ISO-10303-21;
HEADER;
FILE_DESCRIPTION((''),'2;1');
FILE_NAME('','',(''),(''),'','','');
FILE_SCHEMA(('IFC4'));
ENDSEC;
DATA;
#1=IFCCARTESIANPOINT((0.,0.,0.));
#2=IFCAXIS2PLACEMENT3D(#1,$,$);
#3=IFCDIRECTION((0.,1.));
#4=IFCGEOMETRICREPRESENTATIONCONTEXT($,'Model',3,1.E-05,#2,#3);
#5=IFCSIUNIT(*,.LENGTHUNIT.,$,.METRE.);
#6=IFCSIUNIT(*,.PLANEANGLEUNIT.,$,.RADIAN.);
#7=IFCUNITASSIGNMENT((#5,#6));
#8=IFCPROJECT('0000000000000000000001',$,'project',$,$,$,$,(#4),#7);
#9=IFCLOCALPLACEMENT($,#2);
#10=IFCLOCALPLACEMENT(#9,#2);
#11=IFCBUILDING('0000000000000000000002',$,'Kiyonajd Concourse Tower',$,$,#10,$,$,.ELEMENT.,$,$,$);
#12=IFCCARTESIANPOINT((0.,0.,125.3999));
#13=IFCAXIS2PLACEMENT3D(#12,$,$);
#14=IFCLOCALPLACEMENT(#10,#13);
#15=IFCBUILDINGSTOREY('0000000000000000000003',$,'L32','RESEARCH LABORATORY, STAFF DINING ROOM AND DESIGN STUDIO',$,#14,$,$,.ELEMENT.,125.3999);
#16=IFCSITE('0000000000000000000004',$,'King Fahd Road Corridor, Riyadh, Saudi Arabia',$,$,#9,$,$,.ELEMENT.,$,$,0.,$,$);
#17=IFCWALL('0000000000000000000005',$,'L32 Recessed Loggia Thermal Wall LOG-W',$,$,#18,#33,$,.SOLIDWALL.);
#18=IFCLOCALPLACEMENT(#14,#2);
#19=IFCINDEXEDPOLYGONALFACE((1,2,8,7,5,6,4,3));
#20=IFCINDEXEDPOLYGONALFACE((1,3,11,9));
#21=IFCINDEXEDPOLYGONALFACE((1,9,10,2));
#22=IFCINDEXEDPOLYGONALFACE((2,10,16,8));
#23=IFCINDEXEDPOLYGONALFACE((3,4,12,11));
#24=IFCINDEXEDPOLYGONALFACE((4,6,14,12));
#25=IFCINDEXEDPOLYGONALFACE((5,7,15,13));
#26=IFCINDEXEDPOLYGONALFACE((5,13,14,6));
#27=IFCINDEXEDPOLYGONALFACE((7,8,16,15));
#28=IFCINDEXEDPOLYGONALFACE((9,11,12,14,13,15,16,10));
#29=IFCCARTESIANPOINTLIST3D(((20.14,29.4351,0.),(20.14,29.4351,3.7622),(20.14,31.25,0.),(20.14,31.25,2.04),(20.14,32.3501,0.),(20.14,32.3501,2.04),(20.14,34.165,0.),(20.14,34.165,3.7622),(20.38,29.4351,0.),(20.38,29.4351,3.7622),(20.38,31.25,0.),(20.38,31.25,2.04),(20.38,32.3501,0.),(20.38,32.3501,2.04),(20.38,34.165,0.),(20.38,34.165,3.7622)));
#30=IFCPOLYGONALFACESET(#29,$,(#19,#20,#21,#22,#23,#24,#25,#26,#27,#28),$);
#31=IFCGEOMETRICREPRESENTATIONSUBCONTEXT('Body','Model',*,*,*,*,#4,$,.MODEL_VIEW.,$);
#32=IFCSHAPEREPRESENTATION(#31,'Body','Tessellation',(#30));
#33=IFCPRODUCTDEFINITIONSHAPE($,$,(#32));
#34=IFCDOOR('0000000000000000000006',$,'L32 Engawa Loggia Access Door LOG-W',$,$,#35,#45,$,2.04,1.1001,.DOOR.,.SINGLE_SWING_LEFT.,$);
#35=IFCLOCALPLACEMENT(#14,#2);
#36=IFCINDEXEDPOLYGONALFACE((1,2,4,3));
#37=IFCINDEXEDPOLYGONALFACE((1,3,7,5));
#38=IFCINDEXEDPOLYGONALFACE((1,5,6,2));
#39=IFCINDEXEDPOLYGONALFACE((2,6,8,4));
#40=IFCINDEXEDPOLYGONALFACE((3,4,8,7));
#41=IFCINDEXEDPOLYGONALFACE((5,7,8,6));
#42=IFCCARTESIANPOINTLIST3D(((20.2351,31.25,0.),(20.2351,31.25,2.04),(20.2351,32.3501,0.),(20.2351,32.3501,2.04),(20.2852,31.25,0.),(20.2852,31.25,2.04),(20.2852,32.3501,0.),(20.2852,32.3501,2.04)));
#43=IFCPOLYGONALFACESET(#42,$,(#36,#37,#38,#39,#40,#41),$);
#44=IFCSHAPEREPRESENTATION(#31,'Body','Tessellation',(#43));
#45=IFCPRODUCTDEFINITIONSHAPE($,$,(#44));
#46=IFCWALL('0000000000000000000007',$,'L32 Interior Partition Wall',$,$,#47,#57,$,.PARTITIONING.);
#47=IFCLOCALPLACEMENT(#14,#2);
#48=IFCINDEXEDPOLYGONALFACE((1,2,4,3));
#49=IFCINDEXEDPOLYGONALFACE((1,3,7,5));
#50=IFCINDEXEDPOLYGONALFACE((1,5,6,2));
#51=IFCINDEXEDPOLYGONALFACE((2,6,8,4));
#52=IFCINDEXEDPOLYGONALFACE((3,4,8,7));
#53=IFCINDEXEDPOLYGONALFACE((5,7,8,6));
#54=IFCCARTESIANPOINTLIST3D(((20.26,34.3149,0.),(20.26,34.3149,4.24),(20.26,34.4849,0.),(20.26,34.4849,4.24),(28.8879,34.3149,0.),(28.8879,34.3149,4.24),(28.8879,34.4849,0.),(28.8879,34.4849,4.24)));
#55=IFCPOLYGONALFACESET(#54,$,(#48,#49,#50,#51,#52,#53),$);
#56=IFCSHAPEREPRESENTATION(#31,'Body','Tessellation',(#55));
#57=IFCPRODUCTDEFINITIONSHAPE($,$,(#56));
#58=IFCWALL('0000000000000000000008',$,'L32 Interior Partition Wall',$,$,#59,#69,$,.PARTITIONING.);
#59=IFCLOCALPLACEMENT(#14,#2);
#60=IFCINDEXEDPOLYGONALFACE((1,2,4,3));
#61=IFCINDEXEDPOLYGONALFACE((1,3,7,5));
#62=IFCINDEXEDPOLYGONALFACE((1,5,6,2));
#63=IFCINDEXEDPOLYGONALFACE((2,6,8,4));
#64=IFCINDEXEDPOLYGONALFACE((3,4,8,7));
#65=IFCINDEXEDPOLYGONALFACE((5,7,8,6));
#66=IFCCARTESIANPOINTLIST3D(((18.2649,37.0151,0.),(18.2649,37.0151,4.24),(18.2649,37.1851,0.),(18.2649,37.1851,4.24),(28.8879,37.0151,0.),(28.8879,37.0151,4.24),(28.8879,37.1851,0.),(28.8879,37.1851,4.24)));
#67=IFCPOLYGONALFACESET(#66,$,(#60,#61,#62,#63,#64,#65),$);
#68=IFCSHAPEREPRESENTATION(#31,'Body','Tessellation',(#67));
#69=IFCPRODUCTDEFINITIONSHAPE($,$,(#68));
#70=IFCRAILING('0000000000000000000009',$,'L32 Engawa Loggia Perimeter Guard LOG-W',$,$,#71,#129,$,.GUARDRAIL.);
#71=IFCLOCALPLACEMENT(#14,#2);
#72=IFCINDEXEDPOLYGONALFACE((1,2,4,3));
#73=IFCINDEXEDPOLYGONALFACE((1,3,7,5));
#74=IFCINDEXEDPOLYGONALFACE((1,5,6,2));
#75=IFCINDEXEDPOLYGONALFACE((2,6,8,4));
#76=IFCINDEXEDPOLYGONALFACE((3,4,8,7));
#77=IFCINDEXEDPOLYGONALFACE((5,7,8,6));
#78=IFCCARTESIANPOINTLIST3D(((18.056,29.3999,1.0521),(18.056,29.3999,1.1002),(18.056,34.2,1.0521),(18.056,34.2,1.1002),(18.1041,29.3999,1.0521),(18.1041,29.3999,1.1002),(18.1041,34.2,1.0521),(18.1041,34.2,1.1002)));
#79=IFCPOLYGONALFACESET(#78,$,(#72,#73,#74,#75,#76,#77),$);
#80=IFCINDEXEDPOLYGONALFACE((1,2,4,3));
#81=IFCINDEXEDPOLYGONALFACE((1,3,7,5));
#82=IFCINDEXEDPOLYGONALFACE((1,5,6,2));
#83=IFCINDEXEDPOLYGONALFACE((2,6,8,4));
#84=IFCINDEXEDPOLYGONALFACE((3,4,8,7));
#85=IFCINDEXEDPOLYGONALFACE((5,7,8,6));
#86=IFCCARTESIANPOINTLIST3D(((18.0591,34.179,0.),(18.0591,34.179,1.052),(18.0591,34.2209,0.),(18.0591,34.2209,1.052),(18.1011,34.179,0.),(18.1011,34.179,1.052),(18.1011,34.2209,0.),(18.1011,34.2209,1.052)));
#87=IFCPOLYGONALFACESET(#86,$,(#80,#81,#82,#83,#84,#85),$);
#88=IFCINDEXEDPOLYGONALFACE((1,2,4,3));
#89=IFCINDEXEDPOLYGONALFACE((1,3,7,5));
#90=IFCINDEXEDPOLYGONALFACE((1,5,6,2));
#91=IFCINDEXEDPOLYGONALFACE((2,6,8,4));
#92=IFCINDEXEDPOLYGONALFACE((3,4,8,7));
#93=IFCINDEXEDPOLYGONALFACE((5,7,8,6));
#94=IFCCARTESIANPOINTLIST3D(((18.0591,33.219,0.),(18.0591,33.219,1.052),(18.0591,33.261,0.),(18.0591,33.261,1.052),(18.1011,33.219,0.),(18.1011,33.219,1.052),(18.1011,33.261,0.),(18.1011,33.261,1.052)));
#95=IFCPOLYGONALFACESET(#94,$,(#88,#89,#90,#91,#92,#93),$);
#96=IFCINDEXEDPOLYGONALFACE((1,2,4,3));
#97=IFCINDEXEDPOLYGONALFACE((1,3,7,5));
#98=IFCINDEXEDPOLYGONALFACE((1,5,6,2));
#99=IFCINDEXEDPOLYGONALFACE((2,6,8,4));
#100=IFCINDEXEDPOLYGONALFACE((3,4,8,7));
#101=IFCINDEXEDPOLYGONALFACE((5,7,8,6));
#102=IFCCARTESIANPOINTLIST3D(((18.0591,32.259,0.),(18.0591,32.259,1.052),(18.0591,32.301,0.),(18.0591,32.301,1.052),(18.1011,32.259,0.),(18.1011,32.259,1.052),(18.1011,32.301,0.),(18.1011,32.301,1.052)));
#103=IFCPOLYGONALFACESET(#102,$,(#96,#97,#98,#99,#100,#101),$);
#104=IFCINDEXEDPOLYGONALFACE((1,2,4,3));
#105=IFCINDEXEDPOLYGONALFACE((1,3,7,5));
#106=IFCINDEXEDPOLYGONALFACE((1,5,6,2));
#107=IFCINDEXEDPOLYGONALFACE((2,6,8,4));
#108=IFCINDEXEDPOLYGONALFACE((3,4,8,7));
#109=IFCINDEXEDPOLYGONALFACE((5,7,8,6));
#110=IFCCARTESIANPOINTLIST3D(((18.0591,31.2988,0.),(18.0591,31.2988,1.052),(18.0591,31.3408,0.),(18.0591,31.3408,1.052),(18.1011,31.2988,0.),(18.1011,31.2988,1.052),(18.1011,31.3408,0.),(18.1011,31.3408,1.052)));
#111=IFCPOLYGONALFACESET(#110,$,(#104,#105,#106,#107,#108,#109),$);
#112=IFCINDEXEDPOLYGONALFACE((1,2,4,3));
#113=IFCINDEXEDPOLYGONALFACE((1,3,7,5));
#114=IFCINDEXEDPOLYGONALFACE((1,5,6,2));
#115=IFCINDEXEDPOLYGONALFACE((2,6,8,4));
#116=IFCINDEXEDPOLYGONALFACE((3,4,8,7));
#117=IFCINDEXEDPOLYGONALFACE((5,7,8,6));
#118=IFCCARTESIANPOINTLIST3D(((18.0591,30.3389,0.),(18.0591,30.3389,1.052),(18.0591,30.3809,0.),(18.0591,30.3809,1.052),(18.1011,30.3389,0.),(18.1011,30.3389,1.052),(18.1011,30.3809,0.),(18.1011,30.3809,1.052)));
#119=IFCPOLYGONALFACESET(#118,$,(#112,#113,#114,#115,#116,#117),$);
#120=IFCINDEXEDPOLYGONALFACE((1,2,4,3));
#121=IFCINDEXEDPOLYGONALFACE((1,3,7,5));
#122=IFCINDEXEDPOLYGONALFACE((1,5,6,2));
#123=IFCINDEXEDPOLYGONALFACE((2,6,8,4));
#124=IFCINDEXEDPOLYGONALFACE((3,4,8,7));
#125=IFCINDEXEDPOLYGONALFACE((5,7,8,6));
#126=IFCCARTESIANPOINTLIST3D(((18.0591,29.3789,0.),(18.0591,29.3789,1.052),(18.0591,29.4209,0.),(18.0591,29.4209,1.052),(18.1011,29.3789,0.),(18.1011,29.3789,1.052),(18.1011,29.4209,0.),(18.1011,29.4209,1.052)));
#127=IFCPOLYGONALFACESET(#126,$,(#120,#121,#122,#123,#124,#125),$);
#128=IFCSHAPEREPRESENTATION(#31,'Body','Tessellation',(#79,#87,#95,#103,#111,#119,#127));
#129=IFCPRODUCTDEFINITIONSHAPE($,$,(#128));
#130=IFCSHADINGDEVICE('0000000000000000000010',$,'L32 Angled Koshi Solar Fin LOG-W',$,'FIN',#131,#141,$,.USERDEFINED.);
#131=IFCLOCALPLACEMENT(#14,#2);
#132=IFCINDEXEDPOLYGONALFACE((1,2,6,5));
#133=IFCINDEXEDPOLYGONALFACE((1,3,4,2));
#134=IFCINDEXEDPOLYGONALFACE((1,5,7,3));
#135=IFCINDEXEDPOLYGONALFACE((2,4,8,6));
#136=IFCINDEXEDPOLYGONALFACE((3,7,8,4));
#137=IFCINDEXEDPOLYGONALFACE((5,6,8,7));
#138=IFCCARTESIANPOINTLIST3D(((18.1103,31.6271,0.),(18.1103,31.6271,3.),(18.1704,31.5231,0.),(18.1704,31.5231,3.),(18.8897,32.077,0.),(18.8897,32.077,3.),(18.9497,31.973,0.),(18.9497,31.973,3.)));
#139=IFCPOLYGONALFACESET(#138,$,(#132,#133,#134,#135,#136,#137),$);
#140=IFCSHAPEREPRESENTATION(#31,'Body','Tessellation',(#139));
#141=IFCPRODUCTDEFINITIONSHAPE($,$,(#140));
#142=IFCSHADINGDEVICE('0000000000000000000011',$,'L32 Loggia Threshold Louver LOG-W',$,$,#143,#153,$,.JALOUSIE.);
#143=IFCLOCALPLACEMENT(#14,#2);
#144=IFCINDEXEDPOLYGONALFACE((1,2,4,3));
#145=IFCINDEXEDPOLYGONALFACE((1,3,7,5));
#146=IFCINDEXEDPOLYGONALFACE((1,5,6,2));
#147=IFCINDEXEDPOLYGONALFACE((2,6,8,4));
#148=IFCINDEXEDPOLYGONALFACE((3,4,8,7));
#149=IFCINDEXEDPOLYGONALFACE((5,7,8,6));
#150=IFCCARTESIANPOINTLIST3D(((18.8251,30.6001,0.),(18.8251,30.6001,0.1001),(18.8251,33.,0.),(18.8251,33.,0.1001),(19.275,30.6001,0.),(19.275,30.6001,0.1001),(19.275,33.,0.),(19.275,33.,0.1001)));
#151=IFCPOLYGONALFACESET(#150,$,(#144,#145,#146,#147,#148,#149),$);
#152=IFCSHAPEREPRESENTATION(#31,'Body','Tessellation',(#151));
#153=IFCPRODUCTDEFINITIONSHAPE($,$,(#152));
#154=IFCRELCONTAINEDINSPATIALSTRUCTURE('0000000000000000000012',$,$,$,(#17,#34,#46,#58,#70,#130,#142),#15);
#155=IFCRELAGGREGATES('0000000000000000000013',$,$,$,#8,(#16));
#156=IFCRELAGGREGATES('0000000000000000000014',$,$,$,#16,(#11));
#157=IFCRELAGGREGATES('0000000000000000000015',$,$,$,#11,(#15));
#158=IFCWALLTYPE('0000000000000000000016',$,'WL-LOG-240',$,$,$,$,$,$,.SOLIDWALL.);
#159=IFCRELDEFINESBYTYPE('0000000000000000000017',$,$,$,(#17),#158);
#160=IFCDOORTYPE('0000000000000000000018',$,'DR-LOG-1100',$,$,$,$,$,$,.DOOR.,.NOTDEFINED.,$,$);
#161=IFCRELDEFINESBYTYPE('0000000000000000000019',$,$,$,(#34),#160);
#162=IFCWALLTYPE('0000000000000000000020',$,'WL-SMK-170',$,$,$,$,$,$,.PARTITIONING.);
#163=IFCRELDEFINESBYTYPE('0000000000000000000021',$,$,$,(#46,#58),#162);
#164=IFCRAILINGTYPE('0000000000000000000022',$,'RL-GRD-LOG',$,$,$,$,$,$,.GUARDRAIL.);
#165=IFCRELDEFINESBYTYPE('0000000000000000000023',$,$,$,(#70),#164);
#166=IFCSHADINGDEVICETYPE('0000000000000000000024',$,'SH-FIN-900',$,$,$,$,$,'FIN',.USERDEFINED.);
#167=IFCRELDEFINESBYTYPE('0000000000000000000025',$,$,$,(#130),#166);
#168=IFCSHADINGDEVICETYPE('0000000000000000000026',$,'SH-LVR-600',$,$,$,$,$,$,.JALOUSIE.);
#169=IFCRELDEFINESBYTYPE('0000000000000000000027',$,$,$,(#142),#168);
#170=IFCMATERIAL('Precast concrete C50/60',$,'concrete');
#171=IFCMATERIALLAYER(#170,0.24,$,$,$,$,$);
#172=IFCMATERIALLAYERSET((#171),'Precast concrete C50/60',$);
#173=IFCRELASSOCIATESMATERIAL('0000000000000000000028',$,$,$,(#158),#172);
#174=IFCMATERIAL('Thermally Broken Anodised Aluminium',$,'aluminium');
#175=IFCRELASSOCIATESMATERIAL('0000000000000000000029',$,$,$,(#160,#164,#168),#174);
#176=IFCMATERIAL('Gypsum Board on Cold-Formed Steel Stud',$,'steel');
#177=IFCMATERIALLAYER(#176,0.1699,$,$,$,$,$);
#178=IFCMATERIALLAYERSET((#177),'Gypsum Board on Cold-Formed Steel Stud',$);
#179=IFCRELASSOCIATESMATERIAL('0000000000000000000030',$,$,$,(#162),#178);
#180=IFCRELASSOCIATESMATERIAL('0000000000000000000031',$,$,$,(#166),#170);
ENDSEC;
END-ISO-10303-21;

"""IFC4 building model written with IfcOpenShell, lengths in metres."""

from ifc_helpers import new_model, si_unit, direction, frame, frame_2d, origin, origin_2d, place, context, subcontext, project, spatial, rectangle, extrude, material, layer, layer_set, type_object, element, fill, save


model = new_model("IFC4")

# Units and contexts
model_context = context("Model", 3, precision=1e-05, world=origin(), true_north=direction((0.0, 1.0)))
body_context = subcontext(model_context, "Body", "Model", "MODEL_VIEW")
ifc_project = project(units=[si_unit("LENGTHUNIT", "METRE"), si_unit("PLANEANGLEUNIT", "RADIAN")], contexts=[model_context])

# Site, building, storey
site_placement = place(None, origin())
site = spatial("IfcSite", under=ifc_project, at=site_placement, Name="King Fahd Road Corridor, Riyadh, Saudi Arabia", CompositionType="ELEMENT", RefElevation=0.0)
building_placement = place(site_placement, origin())
building = spatial("IfcBuilding", under=site, at=building_placement, Name="Kiyonajd Concourse Tower", CompositionType="ELEMENT")
storey_placement = place(building_placement, frame((0.0, 0.0, 125.3999)))
storey = spatial("IfcBuildingStorey", under=building, at=storey_placement, Name="L32", Description="RESEARCH LABORATORY, STAFF DINING ROOM AND DESIGN STUDIO", CompositionType="ELEMENT", Elevation=125.3999)

# Shared definitions
ifc_material_1 = material(Name="Precast concrete C50/60", Category="concrete")

# Shared definitions
ifc_material_2 = material(Name="Thermally Broken Anodised Aluminium", Category="aluminium")

# Wall, opening, door
ifc_layer_1 = layer(ifc_material_1, 0.24)
ifc_layer_set_1 = layer_set([ifc_layer_1], Name="Precast concrete C50/60")
wall_type_1 = type_object("IfcWallType", Name="WL-LOG-240", PredefinedType="SOLIDWALL", material=ifc_layer_set_1)
wall_1_placement = place(storey_placement, frame((20.26, 29.4351, 0.0), z_axis=(0.0, 0.0, 1.0), x_axis=(0.0, 1.0, 0.0)))
wall_1 = element("IfcWall", 1, at=wall_1_placement, inside=storey, type_object=wall_type_1, Name="L32 Recessed Loggia Thermal Wall LOG-W", PredefinedType="SOLIDWALL", context=body_context, shape_type="SweptSolid", body=[
    extrude(rectangle(XDim=4.73, YDim=0.24, at=frame_2d((2.365, 0.0))), origin(), (0.0, 0.0, 1.0), 3.7622),
])
opening_placement = place(wall_1_placement, frame((1.8149, 0.0, 0.0)))
opening = element("IfcOpeningElement", 2, at=opening_placement, cuts=wall_1, PredefinedType="OPENING", context=body_context, shape_type="SweptSolid", body=[
    extrude(rectangle(XDim=1.1001, YDim=2.04, at=frame_2d((0.55, 1.02))), frame((0.0, 0.1299, 0.0), z_axis=(0.0, -1.0, 0.0), x_axis=(1.0, 0.0, 0.0)), (0.0, 0.0, 1.0), 0.26),
])
door_type = type_object("IfcDoorType", Name="DR-LOG-1100", OperationType="NOTDEFINED", PredefinedType="DOOR", material=ifc_material_2)
door_placement = place(opening_placement, origin())
door = element("IfcDoor", 3, at=door_placement, inside=storey, type_object=door_type, Name="L32 Engawa Loggia Access Door LOG-W", OperationType="SINGLE_SWING_LEFT", OverallHeight=2.04, OverallWidth=1.1001, PredefinedType="DOOR", context=body_context, shape_type="SweptSolid", body=[
    extrude(rectangle(XDim=1.1001, YDim=2.04, at=frame_2d((0.55, 1.02))), frame((0.0, 0.0249, 0.0), z_axis=(0.0, -1.0, 0.0), x_axis=(1.0, 0.0, 0.0)), (0.0, 0.0, 1.0), 0.05),
])
fill(opening, door)

# Walls
ifc_material_3 = material(Name="Gypsum Board on Cold-Formed Steel Stud", Category="steel")
ifc_layer_2 = layer(ifc_material_3, 0.1699)
ifc_layer_set_2 = layer_set([ifc_layer_2], Name="Gypsum Board on Cold-Formed Steel Stud")
wall_type_2 = type_object("IfcWallType", Name="WL-SMK-170", PredefinedType="PARTITIONING", material=ifc_layer_set_2)
wall_2_placement = place(storey_placement, frame((20.26, 34.3999, 0.0), z_axis=(0.0, 0.0, 1.0), x_axis=(1.0, 0.0, 0.0)))
element("IfcWall", 4, at=wall_2_placement, inside=storey, type_object=wall_type_2, Name="L32 Interior Partition Wall", PredefinedType="PARTITIONING", context=body_context, shape_type="SweptSolid", body=[
    extrude(rectangle(XDim=8.6279, YDim=0.1699, at=frame_2d((4.314, 0.0))), origin(), (0.0, 0.0, 1.0), 4.24),
])
wall_3_placement = place(storey_placement, frame((18.2649, 37.1001, 0.0), z_axis=(0.0, 0.0, 1.0), x_axis=(1.0, 0.0, 0.0)))
element("IfcWall", 5, at=wall_3_placement, inside=storey, type_object=wall_type_2, Name="L32 Interior Partition Wall", PredefinedType="PARTITIONING", context=body_context, shape_type="SweptSolid", body=[
    extrude(rectangle(XDim=10.623, YDim=0.1699, at=frame_2d((5.3115, 0.0))), origin(), (0.0, 0.0, 1.0), 4.24),
])

# Railing
railing_type = type_object("IfcRailingType", Name="RL-GRD-LOG", PredefinedType="GUARDRAIL", material=ifc_material_2)
railing_placement = place(storey_placement, frame((18.0801, 34.2, 0.0)))
element("IfcRailing", 6, at=railing_placement, inside=storey, type_object=railing_type, Name="L32 Engawa Loggia Perimeter Guard LOG-W", PredefinedType="GUARDRAIL", context=body_context, shape_type="SweptSolid", body=[
    extrude(rectangle(XDim=0.0481, YDim=0.0481, at=origin_2d()), frame((0.0, 0.0, 1.0762), z_axis=(0.0, -1.0, 0.0), x_axis=(1.0, 0.0, 0.0)), (0.0, 0.0, 1.0), 4.8),
    extrude(rectangle(XDim=0.042, YDim=0.042, at=origin_2d()), origin(), (0.0, 0.0, 1.0), 1.052),
    extrude(rectangle(XDim=0.042, YDim=0.042, at=origin_2d()), frame((0.0, -0.96, 0.0)), (0.0, 0.0, 1.0), 1.052),
    extrude(rectangle(XDim=0.042, YDim=0.042, at=origin_2d()), frame((0.0, -1.9199, 0.0)), (0.0, 0.0, 1.0), 1.052),
    extrude(rectangle(XDim=0.042, YDim=0.042, at=origin_2d()), frame((0.0, -2.8801, 0.0)), (0.0, 0.0, 1.0), 1.052),
    extrude(rectangle(XDim=0.042, YDim=0.042, at=origin_2d()), frame((0.0, -3.8401, 0.0)), (0.0, 0.0, 1.0), 1.052),
    extrude(rectangle(XDim=0.042, YDim=0.042, at=origin_2d()), frame((0.0, -4.8, 0.0)), (0.0, 0.0, 1.0), 1.052),
])

# Shading devices
shading_device_type_1 = type_object("IfcShadingDeviceType", Name="SH-FIN-900", ElementType="FIN", PredefinedType="USERDEFINED", material=ifc_material_1)
shading_device_1_placement = place(storey_placement, frame((18.53, 31.8, 0.0), z_axis=(0.0, 0.0, 1.0), x_axis=(0.866025, 0.5, 0.0)))
element("IfcShadingDevice", 7, at=shading_device_1_placement, inside=storey, type_object=shading_device_type_1, Name="L32 Angled Koshi Solar Fin LOG-W", ObjectType="FIN", PredefinedType="USERDEFINED", context=body_context, shape_type="SweptSolid", body=[
    extrude(rectangle(XDim=0.8999, YDim=0.1201, at=origin_2d()), origin(), (0.0, 0.0, 1.0), 3.0),
])
shading_device_type_2 = type_object("IfcShadingDeviceType", Name="SH-LVR-600", PredefinedType="JALOUSIE", material=ifc_material_2)
shading_device_2_placement = place(storey_placement, frame((19.05, 31.8, 0.0), z_axis=(0.0, 0.0, 1.0), x_axis=(0.0, 1.0, 0.0)))
element("IfcShadingDevice", 8, at=shading_device_2_placement, inside=storey, type_object=shading_device_type_2, Name="L32 Loggia Threshold Louver LOG-W", PredefinedType="JALOUSIE", context=body_context, shape_type="SweptSolid", body=[
    extrude(rectangle(XDim=2.3999, YDim=0.45, at=origin_2d()), origin(), (0.0, 0.0, 1.0), 0.1001),
])

save(model, "model.ifc")
